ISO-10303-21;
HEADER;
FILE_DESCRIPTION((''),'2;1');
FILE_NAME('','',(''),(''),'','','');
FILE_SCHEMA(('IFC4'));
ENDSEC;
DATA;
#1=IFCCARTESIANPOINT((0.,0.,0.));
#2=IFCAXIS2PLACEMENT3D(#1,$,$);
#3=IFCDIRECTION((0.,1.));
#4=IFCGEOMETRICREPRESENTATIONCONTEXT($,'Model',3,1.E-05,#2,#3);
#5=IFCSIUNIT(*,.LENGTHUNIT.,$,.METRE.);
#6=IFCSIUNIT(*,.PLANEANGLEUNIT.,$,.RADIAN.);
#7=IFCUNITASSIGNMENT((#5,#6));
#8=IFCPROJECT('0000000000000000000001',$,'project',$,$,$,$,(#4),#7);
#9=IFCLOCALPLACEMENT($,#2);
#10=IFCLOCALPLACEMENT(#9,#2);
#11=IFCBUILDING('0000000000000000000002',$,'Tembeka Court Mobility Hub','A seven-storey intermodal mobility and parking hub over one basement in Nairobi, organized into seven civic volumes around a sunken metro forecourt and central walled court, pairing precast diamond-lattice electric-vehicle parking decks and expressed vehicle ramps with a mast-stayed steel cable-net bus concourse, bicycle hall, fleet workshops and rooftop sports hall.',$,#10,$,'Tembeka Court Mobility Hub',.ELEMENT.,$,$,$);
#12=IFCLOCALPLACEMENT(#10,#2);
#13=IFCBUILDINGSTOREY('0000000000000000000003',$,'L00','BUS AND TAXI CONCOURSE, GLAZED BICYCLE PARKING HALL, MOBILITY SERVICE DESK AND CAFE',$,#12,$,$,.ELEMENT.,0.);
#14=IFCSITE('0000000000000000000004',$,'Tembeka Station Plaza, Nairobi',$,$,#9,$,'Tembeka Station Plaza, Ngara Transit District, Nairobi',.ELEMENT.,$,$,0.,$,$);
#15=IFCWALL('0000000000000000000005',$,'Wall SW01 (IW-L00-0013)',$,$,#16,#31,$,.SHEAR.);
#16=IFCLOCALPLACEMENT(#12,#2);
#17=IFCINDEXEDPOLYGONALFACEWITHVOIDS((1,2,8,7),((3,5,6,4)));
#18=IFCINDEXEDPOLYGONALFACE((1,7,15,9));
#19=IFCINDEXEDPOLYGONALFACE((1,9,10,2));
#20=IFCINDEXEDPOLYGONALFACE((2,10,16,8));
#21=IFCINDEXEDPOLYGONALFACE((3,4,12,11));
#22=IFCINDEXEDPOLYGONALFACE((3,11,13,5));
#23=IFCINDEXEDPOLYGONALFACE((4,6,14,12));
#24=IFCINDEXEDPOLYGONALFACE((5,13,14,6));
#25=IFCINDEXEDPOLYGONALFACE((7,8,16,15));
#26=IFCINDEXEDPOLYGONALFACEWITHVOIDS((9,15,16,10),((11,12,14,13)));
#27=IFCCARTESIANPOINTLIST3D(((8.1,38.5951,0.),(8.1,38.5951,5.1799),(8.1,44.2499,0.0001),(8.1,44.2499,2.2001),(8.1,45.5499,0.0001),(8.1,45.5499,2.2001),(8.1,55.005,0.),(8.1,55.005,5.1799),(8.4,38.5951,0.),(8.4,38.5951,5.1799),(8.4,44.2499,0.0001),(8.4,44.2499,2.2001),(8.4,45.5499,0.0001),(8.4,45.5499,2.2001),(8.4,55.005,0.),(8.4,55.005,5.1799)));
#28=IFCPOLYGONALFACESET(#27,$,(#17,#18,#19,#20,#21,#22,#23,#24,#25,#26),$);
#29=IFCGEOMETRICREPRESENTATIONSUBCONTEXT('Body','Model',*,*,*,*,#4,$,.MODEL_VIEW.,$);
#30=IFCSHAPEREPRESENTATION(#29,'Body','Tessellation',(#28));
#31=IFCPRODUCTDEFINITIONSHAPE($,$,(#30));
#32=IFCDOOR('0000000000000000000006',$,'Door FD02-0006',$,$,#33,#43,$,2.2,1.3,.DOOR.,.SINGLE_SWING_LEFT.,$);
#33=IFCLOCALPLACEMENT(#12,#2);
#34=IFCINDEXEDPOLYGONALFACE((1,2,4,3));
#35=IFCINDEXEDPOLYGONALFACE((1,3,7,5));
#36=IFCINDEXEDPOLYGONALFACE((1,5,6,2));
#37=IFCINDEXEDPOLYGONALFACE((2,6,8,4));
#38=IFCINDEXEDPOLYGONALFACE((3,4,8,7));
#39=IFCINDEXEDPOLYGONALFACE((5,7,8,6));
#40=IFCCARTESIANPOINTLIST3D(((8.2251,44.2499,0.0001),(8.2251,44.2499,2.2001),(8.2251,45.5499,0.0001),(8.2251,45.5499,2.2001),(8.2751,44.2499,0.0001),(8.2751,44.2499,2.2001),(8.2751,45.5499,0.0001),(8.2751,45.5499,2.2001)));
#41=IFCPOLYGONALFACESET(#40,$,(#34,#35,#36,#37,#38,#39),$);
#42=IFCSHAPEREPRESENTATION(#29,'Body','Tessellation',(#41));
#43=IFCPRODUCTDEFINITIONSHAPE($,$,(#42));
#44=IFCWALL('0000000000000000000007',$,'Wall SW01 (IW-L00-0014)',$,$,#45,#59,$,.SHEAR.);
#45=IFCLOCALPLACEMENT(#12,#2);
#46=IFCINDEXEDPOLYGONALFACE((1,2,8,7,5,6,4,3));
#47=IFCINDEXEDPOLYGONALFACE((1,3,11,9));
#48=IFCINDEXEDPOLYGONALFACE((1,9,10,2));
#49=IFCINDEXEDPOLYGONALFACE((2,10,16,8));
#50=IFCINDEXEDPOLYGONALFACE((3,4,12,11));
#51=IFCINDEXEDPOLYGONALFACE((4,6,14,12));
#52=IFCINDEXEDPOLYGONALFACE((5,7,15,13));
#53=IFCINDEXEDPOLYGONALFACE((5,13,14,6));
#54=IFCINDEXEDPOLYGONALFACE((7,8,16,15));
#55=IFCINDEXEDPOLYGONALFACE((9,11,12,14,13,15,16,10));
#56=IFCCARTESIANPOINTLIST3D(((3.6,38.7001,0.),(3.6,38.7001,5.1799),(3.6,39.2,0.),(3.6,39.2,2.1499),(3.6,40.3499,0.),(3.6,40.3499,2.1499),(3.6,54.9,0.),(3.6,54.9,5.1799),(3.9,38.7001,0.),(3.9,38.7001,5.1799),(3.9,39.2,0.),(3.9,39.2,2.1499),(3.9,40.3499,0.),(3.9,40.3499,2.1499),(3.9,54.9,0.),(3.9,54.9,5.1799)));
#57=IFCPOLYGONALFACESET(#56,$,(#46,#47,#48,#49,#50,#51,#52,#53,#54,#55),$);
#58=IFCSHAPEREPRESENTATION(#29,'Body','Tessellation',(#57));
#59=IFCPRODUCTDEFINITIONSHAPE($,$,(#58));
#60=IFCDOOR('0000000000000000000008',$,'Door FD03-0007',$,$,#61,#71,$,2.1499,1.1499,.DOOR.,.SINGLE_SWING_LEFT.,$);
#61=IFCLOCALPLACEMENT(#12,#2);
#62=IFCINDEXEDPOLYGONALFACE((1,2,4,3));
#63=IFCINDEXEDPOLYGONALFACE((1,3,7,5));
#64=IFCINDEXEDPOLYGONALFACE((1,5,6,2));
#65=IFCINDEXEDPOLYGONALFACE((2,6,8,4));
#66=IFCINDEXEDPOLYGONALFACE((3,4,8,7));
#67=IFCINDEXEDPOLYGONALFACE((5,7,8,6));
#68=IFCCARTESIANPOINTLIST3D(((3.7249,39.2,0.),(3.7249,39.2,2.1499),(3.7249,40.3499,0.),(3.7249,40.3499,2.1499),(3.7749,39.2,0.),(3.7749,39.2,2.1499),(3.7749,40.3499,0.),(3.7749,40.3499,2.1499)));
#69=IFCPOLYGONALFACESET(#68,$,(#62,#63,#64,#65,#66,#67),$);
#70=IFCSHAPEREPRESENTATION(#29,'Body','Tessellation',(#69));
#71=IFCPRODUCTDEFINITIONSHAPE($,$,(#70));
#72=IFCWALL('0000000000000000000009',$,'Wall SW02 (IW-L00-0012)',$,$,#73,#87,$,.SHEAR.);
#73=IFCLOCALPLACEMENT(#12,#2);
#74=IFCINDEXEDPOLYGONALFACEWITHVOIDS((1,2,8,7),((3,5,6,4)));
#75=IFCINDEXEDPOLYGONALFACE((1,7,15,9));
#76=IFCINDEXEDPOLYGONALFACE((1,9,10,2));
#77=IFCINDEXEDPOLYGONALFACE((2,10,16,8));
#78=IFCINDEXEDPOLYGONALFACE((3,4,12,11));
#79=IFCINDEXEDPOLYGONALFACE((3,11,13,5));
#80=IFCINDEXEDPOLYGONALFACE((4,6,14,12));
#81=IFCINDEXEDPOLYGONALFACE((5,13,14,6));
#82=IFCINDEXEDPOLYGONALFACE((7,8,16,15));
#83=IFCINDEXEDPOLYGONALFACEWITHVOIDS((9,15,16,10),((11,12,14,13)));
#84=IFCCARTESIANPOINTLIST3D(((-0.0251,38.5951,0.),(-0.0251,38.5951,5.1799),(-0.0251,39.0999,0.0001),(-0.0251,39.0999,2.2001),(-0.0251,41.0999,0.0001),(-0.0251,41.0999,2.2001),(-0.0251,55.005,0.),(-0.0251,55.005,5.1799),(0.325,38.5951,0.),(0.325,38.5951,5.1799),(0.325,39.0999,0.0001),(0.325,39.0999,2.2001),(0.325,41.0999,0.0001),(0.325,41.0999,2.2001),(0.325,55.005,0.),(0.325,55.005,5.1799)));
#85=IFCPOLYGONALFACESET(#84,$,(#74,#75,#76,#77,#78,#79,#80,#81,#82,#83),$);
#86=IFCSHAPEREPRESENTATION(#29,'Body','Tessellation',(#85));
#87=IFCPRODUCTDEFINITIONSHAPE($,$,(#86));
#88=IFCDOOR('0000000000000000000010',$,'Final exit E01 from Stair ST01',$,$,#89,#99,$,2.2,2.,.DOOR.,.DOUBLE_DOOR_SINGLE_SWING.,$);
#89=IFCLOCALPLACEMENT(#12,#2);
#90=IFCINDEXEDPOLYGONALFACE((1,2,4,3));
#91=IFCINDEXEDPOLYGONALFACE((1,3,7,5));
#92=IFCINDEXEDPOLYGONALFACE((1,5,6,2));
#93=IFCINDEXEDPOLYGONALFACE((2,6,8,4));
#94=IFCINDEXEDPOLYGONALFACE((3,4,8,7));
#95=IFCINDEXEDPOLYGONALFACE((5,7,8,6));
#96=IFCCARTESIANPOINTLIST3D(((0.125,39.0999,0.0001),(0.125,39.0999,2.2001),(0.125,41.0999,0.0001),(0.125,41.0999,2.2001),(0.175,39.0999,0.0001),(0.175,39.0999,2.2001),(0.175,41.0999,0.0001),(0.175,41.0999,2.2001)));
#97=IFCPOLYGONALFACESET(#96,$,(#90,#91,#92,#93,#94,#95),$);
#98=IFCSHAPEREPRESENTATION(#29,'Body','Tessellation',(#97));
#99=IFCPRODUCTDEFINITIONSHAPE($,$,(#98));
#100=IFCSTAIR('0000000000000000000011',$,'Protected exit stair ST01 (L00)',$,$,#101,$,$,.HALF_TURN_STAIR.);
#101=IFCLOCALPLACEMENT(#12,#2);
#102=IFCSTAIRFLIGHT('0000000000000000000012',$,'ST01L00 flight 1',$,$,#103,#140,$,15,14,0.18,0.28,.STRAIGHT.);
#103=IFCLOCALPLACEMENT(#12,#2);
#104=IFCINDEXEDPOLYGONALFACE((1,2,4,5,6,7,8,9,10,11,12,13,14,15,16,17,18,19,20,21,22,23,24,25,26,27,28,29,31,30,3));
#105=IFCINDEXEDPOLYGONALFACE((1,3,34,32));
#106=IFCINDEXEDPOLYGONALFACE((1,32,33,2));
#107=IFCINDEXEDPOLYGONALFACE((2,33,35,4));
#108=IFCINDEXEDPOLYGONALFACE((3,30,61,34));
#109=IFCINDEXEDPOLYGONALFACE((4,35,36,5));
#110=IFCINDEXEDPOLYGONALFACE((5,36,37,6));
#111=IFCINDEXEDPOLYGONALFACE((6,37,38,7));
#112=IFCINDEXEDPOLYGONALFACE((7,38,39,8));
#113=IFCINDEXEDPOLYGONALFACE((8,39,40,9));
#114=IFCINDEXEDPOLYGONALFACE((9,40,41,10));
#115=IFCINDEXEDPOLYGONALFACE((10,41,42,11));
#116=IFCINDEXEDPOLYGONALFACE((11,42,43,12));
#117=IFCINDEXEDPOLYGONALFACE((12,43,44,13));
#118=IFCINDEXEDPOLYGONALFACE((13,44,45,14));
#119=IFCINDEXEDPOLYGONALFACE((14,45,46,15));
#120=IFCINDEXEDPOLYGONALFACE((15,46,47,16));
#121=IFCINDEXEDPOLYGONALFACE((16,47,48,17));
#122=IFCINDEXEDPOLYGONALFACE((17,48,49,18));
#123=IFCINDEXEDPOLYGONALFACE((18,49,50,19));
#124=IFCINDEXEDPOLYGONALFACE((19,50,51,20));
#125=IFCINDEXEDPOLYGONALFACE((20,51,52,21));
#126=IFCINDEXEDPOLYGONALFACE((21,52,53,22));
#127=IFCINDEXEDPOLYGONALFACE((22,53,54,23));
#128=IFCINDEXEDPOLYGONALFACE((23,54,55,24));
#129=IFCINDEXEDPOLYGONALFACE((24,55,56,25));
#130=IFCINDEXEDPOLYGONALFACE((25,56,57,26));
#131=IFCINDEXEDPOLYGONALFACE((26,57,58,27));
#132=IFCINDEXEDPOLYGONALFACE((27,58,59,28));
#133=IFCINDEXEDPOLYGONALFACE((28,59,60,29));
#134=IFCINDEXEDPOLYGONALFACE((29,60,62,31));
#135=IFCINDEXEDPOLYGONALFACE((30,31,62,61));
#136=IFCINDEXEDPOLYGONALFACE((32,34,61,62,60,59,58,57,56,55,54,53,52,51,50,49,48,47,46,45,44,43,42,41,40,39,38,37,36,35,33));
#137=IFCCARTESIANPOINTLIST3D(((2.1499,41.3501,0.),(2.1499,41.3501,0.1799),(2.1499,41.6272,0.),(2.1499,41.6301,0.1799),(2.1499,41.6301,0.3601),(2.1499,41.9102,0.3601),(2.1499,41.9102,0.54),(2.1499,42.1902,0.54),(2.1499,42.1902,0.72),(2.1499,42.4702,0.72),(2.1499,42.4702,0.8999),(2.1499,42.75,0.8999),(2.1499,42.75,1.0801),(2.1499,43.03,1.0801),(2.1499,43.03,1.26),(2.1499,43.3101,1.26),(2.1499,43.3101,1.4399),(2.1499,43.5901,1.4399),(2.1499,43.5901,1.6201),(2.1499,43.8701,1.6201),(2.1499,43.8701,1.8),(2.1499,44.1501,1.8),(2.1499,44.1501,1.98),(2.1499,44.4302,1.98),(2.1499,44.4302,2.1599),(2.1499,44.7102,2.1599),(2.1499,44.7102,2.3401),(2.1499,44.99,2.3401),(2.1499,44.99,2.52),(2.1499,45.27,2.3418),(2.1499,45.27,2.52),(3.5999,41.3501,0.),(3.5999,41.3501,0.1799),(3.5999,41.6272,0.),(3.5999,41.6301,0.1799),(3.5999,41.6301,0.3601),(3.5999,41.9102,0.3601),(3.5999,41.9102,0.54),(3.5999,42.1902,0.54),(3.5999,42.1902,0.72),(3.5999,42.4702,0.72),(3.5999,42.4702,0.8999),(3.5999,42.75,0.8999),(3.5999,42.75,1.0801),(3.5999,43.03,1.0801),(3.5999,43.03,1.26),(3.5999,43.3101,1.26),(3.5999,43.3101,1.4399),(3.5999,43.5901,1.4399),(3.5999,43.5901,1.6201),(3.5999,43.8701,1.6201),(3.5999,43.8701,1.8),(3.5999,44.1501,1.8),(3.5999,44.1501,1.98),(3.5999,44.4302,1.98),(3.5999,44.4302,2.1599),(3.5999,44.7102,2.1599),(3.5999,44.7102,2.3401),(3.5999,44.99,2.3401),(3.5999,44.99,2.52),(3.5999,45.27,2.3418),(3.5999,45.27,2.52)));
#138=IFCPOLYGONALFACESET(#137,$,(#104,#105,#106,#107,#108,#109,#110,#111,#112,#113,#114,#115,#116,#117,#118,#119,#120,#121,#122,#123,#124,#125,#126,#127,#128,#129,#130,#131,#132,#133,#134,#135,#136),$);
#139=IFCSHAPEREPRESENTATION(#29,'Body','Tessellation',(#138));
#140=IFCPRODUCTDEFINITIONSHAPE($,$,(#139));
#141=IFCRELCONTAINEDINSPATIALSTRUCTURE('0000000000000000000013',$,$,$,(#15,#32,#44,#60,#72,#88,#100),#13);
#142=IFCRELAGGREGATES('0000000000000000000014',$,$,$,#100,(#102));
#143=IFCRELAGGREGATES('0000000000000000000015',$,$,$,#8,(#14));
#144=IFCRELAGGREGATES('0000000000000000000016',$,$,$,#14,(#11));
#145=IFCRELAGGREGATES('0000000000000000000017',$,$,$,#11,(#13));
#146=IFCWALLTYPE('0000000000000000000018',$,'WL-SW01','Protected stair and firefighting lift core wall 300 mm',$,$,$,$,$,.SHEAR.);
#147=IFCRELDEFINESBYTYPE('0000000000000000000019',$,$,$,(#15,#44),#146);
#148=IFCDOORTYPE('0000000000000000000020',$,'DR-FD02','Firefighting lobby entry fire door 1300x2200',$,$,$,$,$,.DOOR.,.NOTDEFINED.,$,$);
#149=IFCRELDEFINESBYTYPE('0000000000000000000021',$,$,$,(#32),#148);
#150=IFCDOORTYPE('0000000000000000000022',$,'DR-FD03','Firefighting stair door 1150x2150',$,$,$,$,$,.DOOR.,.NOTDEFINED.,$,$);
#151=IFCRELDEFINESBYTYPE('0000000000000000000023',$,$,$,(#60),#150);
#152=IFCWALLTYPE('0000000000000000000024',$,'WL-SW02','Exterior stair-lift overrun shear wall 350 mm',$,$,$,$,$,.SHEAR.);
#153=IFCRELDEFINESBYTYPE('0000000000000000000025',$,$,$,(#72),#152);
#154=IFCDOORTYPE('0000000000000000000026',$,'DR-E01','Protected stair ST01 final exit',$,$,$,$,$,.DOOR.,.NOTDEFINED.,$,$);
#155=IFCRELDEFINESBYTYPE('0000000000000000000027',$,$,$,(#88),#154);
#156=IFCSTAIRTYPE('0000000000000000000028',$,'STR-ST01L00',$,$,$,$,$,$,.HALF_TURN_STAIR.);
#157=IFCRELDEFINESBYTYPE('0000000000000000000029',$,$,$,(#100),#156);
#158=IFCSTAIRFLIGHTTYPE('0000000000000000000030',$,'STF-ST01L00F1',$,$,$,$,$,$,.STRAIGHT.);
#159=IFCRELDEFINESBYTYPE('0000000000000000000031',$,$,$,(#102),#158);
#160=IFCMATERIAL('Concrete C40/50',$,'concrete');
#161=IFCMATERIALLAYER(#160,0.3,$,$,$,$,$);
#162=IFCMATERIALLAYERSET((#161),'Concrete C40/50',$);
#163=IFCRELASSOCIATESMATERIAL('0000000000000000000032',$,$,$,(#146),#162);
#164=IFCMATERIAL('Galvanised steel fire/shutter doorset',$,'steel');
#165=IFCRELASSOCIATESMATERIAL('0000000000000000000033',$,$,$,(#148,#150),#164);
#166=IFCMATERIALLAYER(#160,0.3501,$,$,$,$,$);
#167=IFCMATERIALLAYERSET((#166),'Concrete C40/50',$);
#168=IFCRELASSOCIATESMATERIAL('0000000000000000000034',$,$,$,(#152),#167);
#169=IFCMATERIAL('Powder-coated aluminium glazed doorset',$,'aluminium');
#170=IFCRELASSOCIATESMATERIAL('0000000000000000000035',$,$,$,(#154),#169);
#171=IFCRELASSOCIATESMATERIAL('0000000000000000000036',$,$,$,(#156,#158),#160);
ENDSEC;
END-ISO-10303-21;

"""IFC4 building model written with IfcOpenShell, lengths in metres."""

from ifc_helpers import new_model, si_unit, direction, frame, frame_2d, origin, place, context, subcontext, project, spatial, polyline, rectangle, outline, extrude, material, layer, layer_set, type_object, element, fill, aggregate, save


model = new_model("IFC4")

# Units and contexts
model_context = context("Model", 3, precision=1e-05, world=origin(), true_north=direction((0.0, 1.0)))
body_context = subcontext(model_context, "Body", "Model", "MODEL_VIEW")
ifc_project = project(units=[si_unit("LENGTHUNIT", "METRE"), si_unit("PLANEANGLEUNIT", "RADIAN")], contexts=[model_context])

# Site, building, storey
site_placement = place(None, origin())
site = spatial("IfcSite", under=ifc_project, at=site_placement, Name="Tembeka Station Plaza, Nairobi", LongName="Tembeka Station Plaza, Ngara Transit District, Nairobi", CompositionType="ELEMENT", RefElevation=0.0)
building_placement = place(site_placement, origin())
building = spatial("IfcBuilding", under=site, at=building_placement, Name="Tembeka Court Mobility Hub", Description="A seven-storey intermodal mobility and parking hub over one basement in Nairobi, organized into seven civic volumes around a sunken metro forecourt and central walled court, pairing precast diamond-lattice electric-vehicle parking decks and expressed vehicle ramps with a mast-stayed steel cable-net bus concourse, bicycle hall, fleet workshops and rooftop sports hall.", LongName="Tembeka Court Mobility Hub", CompositionType="ELEMENT")
storey_placement = place(building_placement, origin())
storey = spatial("IfcBuildingStorey", under=building, at=storey_placement, Name="L00", Description="BUS AND TAXI CONCOURSE, GLAZED BICYCLE PARKING HALL, MOBILITY SERVICE DESK AND CAFE", CompositionType="ELEMENT", Elevation=0.0)

# Shared definitions
ifc_material_1 = material(Name="Concrete C40/50", Category="concrete")
ifc_layer_1 = layer(ifc_material_1, 0.3)
ifc_layer_set_1 = layer_set([ifc_layer_1], Name="Concrete C40/50")
wall_type_1 = type_object("IfcWallType", Name="WL-SW01", Description="Protected stair and firefighting lift core wall 300 mm", PredefinedType="SHEAR", material=ifc_layer_set_1)

# Walls, openings, doors
wall_1_placement = place(storey_placement, frame((8.25, 38.595, 0.0), z_axis=(0.0, 0.0, 1.0), x_axis=(0.0, 1.0, 0.0)))
wall_1 = element("IfcWall", 1, at=wall_1_placement, inside=storey, type_object=wall_type_1, Name="Wall SW01 (IW-L00-0013)", PredefinedType="SHEAR", context=body_context, shape_type="SweptSolid", body=[
    extrude(rectangle(XDim=16.4099, YDim=0.3, at=frame_2d((8.2051, 0.0))), origin(), (0.0, 0.0, 1.0), 5.1799),
])
opening_1_placement = place(wall_1_placement, frame((5.655, 0.0, 0.0)))
opening_1 = element("IfcOpeningElement", 2, at=opening_1_placement, cuts=wall_1, PredefinedType="OPENING", context=body_context, shape_type="SweptSolid", body=[
    extrude(rectangle(XDim=1.3, YDim=2.2, at=frame_2d((0.6499, 1.1001))), frame((0.0, 0.1602, 0.0), z_axis=(0.0, -1.0, 0.0), x_axis=(1.0, 0.0, 0.0)), (0.0, 0.0, 1.0), 0.3201),
])
ifc_material_2 = material(Name="Galvanised steel fire/shutter doorset", Category="steel")
door_type_1 = type_object("IfcDoorType", Name="DR-FD02", Description="Firefighting lobby entry fire door 1300x2200", OperationType="NOTDEFINED", PredefinedType="DOOR", material=ifc_material_2)
door_1_placement = place(opening_1_placement, origin())
door_1 = element("IfcDoor", 3, at=door_1_placement, inside=storey, type_object=door_type_1, Name="Door FD02-0006", OperationType="SINGLE_SWING_LEFT", OverallHeight=2.2, OverallWidth=1.3, PredefinedType="DOOR", context=body_context, shape_type="SweptSolid", body=[
    extrude(rectangle(XDim=1.3, YDim=2.2, at=frame_2d((0.6499, 1.1001))), frame((0.0, 0.0249, 0.0), z_axis=(0.0, -1.0, 0.0), x_axis=(1.0, 0.0, 0.0)), (0.0, 0.0, 1.0), 0.05),
])
fill(opening_1, door_1)
wall_2_placement = place(storey_placement, frame((3.75, 38.7, 0.0), z_axis=(0.0, 0.0, 1.0), x_axis=(0.0, 1.0, 0.0)))
wall_2 = element("IfcWall", 4, at=wall_2_placement, inside=storey, type_object=wall_type_1, Name="Wall SW01 (IW-L00-0014)", PredefinedType="SHEAR", context=body_context, shape_type="SweptSolid", body=[
    extrude(rectangle(XDim=16.2, YDim=0.3, at=frame_2d((8.1001, 0.0))), origin(), (0.0, 0.0, 1.0), 5.1799),
])
opening_2_placement = place(wall_2_placement, frame((0.5, 0.0, 0.0)))
opening_2 = element("IfcOpeningElement", 5, at=opening_2_placement, cuts=wall_2, PredefinedType="OPENING", context=body_context, shape_type="SweptSolid", body=[
    extrude(rectangle(XDim=1.1499, YDim=2.1499, at=frame_2d((0.575, 1.075))), frame((0.0, 0.1602, 0.0), z_axis=(0.0, -1.0, 0.0), x_axis=(1.0, 0.0, 0.0)), (0.0, 0.0, 1.0), 0.3201),
])
door_type_2 = type_object("IfcDoorType", Name="DR-FD03", Description="Firefighting stair door 1150x2150", OperationType="NOTDEFINED", PredefinedType="DOOR", material=ifc_material_2)
door_2_placement = place(opening_2_placement, frame((1.1499, 0.0, 0.0), z_axis=(0.0, 0.0, 1.0), x_axis=(-1.0, 0.0, 0.0)))
door_2 = element("IfcDoor", 6, at=door_2_placement, inside=storey, type_object=door_type_2, Name="Door FD03-0007", OperationType="SINGLE_SWING_LEFT", OverallHeight=2.1499, OverallWidth=1.1499, PredefinedType="DOOR", context=body_context, shape_type="SweptSolid", body=[
    extrude(rectangle(XDim=1.1499, YDim=2.1499, at=frame_2d((0.575, 1.075))), frame((0.0, 0.0249, 0.0), z_axis=(0.0, -1.0, 0.0), x_axis=(1.0, 0.0, 0.0)), (0.0, 0.0, 1.0), 0.05),
])
fill(opening_2, door_2)
ifc_layer_2 = layer(ifc_material_1, 0.3501)
ifc_layer_set_2 = layer_set([ifc_layer_2], Name="Concrete C40/50")
wall_type_2 = type_object("IfcWallType", Name="WL-SW02", Description="Exterior stair-lift overrun shear wall 350 mm", PredefinedType="SHEAR", material=ifc_layer_set_2)
wall_3_placement = place(storey_placement, frame((0.1499, 38.595, 0.0), z_axis=(0.0, 0.0, 1.0), x_axis=(0.0, 1.0, 0.0)))
wall_3 = element("IfcWall", 7, at=wall_3_placement, inside=storey, type_object=wall_type_2, Name="Wall SW02 (IW-L00-0012)", PredefinedType="SHEAR", context=body_context, shape_type="SweptSolid", body=[
    extrude(rectangle(XDim=16.4099, YDim=0.3501, at=frame_2d((8.2051, 0.0))), origin(), (0.0, 0.0, 1.0), 5.1799),
])
opening_3_placement = place(wall_3_placement, frame((0.5049, 0.0, 0.0)))
opening_3 = element("IfcOpeningElement", 8, at=opening_3_placement, cuts=wall_3, PredefinedType="OPENING", context=body_context, shape_type="SweptSolid", body=[
    extrude(rectangle(XDim=2.0, YDim=2.2, at=frame_2d((1.0, 1.1001))), frame((0.0, 0.1851, 0.0), z_axis=(0.0, -1.0, 0.0), x_axis=(1.0, 0.0, 0.0)), (0.0, 0.0, 1.0), 0.3701),
])
ifc_material_3 = material(Name="Powder-coated aluminium glazed doorset", Category="aluminium")
door_type_3 = type_object("IfcDoorType", Name="DR-E01", Description="Protected stair ST01 final exit", OperationType="NOTDEFINED", PredefinedType="DOOR", material=ifc_material_3)
door_3_placement = place(opening_3_placement, origin())
door_3 = element("IfcDoor", 9, at=door_3_placement, inside=storey, type_object=door_type_3, Name="Final exit E01 from Stair ST01", OperationType="DOUBLE_DOOR_SINGLE_SWING", OverallHeight=2.2, OverallWidth=2.0, PredefinedType="DOOR", context=body_context, shape_type="SweptSolid", body=[
    extrude(rectangle(XDim=2.0, YDim=2.2, at=frame_2d((1.0, 1.1001))), frame((0.0, 0.0249, 0.0), z_axis=(0.0, -1.0, 0.0), x_axis=(1.0, 0.0, 0.0)), (0.0, 0.0, 1.0), 0.05),
])
fill(opening_3, door_3)

# Stair, stair flight
stair_type = type_object("IfcStairType", Name="STR-ST01L00", PredefinedType="HALF_TURN_STAIR", material=ifc_material_1)
stair_placement = place(storey_placement, origin())
stair = element("IfcStair", 10, at=stair_placement, inside=storey, type_object=stair_type, Name="Protected exit stair ST01 (L00)", PredefinedType="HALF_TURN_STAIR")
stair_flight_type = type_object("IfcStairFlightType", Name="STF-ST01L00F1", PredefinedType="STRAIGHT", material=ifc_material_1)
stair_flight_placement = place(storey_placement, frame((2.875, 41.3501, 0.0), z_axis=(0.0, 0.0, 1.0), x_axis=(0.0, 1.0, 0.0)))
stair_flight = element("IfcStairFlight", 11, at=stair_flight_placement, type_object=stair_flight_type, Name="ST01L00 flight 1", NumberOfRisers=15, NumberOfTreads=14, PredefinedType="STRAIGHT", RiserHeight=0.18, TreadLength=0.28, context=body_context, shape_type="SweptSolid", body=[
    extrude(outline(polyline([(0.0, 0.0), (0.0, 0.1799), (0.28, 0.1799), (0.28, 0.3601), (0.5601, 0.3601), (0.5601, 0.54), (0.8401, 0.54), (0.8401, 0.72), (1.1201, 0.72), (1.1201, 0.8999), (1.3999, 0.8999), (1.3999, 1.0801), (1.6799, 1.0801), (1.6799, 1.26), (1.96, 1.26), (1.96, 1.4399), (2.24, 1.4399), (2.24, 1.6201), (2.52, 1.6201), (2.52, 1.8), (2.8, 1.8), (2.8, 1.98), (3.0801, 1.98), (3.0801, 2.1599), (3.3601, 2.1599), (3.3601, 2.3401), (3.6399, 2.3401), (3.6399, 2.52), (3.9199, 2.52), (3.9199, 2.7), (3.9199, 2.3418), (0.2771, 0.0), (0.0, 0.0)])), frame((0.0, 0.7251, 0.0), z_axis=(0.0, -1.0, 0.0), x_axis=(1.0, 0.0, 0.0)), (0.0, 0.0, 1.0), 1.45),
])
aggregate(stair, [stair_flight])

save(model, "model.ifc")
